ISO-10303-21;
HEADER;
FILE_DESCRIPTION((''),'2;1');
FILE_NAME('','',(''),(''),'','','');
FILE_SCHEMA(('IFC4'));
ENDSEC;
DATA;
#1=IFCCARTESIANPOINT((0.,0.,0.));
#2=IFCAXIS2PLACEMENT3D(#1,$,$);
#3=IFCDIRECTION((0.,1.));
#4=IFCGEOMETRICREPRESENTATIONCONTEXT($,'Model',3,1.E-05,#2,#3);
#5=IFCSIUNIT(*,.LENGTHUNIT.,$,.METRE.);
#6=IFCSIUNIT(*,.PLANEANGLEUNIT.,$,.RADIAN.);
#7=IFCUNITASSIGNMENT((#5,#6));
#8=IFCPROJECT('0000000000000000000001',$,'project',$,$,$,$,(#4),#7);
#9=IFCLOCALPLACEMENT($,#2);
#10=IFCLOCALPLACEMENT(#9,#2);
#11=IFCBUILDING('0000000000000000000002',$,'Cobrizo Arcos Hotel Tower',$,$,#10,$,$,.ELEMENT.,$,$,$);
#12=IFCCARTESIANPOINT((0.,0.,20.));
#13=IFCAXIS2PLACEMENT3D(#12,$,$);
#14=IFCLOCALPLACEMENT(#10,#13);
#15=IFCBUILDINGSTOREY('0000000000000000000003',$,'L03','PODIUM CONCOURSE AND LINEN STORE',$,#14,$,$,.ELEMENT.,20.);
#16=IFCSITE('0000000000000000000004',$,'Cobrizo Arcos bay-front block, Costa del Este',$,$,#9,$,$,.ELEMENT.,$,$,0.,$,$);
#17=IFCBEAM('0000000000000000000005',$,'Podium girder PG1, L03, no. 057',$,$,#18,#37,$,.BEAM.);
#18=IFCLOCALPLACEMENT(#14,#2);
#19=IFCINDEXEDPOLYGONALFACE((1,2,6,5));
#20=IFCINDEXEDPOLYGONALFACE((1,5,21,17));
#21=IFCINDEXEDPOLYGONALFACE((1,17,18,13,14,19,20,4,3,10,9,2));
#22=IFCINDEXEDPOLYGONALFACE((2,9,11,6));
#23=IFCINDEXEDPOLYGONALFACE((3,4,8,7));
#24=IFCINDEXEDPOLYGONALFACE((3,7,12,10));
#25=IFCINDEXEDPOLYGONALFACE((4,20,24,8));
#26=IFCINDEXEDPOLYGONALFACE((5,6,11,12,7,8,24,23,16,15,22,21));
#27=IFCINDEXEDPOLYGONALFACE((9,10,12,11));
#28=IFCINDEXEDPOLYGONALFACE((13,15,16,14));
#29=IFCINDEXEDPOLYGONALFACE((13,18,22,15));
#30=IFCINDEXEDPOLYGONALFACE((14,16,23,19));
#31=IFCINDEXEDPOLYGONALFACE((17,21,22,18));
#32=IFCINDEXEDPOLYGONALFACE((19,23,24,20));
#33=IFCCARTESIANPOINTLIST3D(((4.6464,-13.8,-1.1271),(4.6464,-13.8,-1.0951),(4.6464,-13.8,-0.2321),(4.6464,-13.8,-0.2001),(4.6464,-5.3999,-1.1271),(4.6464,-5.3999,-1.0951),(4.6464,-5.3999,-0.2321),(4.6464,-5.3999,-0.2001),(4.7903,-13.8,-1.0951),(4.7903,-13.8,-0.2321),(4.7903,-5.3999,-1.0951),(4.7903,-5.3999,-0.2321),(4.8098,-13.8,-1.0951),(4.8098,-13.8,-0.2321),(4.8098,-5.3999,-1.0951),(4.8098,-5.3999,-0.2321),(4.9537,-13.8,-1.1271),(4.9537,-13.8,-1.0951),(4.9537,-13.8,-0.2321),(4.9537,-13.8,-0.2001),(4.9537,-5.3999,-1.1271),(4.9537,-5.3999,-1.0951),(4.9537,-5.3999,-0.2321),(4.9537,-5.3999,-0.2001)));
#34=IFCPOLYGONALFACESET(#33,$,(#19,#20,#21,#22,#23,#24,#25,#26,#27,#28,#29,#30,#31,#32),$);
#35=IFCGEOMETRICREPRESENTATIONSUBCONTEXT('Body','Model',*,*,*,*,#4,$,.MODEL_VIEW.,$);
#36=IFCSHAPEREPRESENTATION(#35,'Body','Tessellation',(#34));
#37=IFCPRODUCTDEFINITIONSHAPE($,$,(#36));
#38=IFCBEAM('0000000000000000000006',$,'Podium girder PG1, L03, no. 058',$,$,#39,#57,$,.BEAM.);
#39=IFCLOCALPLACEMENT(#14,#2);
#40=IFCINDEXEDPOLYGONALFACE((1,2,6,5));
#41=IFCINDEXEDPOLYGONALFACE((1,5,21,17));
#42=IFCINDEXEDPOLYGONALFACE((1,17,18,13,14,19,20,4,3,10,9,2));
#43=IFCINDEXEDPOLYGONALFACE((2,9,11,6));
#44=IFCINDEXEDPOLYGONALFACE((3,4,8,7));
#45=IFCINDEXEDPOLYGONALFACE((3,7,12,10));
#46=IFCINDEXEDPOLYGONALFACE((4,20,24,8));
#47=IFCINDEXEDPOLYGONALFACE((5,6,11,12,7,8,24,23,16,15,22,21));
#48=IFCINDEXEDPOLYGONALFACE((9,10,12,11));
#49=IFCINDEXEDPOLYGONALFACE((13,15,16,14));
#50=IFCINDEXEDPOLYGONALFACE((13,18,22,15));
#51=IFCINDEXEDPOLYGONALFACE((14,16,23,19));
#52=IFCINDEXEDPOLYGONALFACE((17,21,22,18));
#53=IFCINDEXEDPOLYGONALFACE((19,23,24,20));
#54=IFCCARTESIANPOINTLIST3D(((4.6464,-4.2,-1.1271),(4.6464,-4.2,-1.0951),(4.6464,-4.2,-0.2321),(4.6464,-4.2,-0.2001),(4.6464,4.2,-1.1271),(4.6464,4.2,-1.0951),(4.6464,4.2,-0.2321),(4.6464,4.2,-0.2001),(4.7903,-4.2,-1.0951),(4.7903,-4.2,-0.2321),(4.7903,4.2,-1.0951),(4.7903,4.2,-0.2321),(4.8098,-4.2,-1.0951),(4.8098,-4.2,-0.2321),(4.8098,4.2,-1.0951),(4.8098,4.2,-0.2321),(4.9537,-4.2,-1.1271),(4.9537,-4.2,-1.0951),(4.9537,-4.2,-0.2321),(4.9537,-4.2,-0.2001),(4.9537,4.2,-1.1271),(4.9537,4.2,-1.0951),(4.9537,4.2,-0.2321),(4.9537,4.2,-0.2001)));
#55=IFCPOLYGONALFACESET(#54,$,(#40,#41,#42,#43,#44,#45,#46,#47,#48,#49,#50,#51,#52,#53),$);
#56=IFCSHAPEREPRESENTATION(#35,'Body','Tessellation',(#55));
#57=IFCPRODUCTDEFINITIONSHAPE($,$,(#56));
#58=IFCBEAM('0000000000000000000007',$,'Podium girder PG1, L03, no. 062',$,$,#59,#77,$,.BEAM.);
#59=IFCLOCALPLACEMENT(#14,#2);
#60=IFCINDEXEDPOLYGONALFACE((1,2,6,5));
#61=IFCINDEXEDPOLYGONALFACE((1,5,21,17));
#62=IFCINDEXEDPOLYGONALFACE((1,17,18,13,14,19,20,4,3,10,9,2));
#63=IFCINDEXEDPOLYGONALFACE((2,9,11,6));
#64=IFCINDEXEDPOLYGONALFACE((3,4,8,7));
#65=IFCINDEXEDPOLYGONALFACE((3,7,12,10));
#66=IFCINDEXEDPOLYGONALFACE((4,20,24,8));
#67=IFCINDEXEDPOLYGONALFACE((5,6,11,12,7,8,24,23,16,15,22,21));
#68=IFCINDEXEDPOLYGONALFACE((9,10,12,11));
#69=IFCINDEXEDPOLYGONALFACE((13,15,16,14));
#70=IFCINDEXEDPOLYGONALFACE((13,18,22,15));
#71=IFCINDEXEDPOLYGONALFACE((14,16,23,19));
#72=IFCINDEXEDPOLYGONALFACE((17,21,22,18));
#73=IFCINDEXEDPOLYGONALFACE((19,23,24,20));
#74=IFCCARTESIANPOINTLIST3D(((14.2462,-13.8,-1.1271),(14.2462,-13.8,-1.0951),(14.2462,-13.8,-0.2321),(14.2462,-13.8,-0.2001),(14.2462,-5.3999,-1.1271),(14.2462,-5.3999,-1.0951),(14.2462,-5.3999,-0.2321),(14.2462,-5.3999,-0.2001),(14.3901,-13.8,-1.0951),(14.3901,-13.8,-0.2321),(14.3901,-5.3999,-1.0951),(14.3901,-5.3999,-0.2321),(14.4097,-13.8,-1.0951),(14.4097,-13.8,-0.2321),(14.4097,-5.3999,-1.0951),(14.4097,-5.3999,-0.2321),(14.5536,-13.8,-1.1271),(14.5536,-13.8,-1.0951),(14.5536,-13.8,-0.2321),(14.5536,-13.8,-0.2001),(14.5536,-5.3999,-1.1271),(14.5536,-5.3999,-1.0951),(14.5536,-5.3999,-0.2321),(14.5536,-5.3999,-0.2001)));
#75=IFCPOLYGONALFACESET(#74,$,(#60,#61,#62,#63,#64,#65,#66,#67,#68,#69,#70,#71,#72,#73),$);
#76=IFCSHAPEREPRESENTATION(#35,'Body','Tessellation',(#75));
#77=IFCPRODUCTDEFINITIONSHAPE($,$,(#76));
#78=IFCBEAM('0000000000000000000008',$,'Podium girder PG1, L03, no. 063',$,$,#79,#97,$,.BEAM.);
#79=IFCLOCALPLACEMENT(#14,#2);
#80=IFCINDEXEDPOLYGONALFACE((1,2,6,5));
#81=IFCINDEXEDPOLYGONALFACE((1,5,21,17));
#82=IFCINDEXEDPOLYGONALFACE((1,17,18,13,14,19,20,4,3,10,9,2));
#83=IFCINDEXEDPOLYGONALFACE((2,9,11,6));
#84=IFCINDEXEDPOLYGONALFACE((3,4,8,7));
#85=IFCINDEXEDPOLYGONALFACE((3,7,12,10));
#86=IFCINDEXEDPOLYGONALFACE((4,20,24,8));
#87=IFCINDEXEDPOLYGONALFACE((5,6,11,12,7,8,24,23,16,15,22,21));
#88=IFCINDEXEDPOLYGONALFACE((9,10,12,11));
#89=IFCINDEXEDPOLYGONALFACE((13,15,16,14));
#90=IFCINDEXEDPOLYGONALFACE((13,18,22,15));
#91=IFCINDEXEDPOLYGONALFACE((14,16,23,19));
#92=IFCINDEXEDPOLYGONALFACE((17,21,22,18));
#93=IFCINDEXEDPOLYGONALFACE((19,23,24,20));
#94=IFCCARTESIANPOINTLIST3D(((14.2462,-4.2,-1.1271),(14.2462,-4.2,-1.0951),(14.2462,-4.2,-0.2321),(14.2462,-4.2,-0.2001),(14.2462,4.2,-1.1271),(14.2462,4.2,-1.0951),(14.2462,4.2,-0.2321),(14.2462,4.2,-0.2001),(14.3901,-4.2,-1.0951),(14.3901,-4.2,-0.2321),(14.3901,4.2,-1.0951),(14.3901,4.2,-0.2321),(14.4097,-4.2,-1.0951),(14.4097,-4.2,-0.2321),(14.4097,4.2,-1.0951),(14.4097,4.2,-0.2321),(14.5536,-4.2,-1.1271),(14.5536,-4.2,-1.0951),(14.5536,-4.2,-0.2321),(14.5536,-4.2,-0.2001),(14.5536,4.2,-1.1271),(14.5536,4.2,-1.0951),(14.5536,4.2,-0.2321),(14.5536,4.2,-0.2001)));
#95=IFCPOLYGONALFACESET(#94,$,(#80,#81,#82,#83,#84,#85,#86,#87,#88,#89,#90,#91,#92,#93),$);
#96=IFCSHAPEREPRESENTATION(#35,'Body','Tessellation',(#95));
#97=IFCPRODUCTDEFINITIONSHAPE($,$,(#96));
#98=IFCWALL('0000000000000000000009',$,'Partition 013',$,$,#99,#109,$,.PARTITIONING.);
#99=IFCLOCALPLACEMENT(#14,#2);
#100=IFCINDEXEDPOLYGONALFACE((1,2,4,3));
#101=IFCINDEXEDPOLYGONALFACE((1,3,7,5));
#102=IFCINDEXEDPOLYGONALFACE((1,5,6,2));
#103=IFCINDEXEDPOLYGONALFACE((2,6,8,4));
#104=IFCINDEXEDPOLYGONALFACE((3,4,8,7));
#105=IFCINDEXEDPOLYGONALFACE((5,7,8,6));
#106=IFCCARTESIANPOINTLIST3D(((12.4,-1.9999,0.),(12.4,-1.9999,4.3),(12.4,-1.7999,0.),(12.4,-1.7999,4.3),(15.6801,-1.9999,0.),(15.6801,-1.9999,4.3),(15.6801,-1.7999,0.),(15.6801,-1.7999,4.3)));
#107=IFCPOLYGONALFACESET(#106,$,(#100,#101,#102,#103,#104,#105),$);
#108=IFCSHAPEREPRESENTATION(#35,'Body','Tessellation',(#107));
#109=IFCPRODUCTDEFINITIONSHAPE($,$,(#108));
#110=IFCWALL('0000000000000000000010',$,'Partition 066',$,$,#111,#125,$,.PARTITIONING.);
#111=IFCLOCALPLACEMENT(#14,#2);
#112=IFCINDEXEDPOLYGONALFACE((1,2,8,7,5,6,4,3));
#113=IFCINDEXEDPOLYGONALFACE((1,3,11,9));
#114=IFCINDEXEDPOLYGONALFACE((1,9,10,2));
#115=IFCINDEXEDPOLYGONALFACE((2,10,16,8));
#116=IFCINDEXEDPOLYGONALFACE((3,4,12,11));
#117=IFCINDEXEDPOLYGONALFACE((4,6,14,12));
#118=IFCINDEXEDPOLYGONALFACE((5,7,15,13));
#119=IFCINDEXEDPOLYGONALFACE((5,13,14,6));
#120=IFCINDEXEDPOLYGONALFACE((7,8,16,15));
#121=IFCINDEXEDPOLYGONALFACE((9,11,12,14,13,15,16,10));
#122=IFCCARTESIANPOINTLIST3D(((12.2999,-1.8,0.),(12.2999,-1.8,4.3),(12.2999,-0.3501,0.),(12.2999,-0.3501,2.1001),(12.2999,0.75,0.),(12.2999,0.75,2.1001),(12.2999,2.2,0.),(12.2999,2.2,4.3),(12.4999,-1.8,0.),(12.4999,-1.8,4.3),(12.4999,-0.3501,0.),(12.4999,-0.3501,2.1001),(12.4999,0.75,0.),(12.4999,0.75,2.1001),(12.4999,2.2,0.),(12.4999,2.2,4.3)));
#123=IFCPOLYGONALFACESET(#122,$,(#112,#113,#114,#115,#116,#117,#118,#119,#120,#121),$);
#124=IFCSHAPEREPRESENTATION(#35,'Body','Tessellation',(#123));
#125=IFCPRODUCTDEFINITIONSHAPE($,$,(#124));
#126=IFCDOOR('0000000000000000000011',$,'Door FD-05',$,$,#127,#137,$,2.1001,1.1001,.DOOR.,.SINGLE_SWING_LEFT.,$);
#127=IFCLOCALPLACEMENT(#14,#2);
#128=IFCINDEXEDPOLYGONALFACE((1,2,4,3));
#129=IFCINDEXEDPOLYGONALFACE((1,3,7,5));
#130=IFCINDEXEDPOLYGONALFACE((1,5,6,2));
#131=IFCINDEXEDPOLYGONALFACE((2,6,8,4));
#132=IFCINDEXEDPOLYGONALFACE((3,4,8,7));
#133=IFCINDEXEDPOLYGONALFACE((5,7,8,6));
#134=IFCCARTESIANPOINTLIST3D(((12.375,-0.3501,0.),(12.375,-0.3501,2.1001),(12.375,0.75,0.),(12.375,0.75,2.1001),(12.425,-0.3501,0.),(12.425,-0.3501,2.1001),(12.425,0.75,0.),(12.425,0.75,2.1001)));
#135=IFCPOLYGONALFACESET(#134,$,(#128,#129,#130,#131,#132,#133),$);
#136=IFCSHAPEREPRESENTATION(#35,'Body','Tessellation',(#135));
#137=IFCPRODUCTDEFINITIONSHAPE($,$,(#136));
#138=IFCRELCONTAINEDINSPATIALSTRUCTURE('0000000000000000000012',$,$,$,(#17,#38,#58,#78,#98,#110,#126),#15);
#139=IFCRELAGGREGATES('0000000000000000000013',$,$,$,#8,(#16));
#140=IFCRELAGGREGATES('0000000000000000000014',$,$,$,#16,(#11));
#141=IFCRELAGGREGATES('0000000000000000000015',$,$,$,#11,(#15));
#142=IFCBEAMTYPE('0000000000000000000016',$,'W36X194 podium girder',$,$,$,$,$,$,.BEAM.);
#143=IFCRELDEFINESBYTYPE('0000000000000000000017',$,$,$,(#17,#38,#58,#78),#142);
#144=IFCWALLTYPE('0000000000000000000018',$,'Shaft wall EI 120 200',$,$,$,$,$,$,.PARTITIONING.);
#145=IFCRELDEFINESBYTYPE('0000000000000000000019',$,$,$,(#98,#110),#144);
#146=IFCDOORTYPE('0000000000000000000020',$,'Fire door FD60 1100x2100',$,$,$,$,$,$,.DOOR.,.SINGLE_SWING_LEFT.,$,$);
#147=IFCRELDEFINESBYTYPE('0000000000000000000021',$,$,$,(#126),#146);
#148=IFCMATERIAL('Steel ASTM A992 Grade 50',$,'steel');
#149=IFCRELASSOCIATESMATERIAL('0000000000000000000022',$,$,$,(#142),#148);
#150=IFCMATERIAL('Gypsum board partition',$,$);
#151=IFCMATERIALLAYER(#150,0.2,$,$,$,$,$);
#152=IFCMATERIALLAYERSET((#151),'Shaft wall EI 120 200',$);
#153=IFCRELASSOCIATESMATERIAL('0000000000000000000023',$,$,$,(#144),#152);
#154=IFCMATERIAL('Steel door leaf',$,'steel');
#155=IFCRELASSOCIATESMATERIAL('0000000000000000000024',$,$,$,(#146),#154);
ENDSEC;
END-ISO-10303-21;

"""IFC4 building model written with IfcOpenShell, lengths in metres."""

from ifc_helpers import new_model, si_unit, direction, frame, frame_2d, origin, origin_2d, place, context, subcontext, project, spatial, rectangle, i_section, extrude, material, layer, layer_set, material_profile, profile_set, type_object, element, fill, save


model = new_model("IFC4")

# Units and contexts
model_context = context("Model", 3, precision=1e-05, world=origin(), true_north=direction((0.0, 1.0)))
body_context = subcontext(model_context, "Body", "Model", "MODEL_VIEW")
ifc_project = project(units=[si_unit("LENGTHUNIT", "METRE"), si_unit("PLANEANGLEUNIT", "RADIAN")], contexts=[model_context])

# Site, building, storey
site_placement = place(None, origin())
site = spatial("IfcSite", under=ifc_project, at=site_placement, Name="Cobrizo Arcos bay-front block, Costa del Este", CompositionType="ELEMENT", RefElevation=0.0)
building_placement = place(site_placement, origin())
building = spatial("IfcBuilding", under=site, at=building_placement, Name="Cobrizo Arcos Hotel Tower", CompositionType="ELEMENT")
storey_placement = place(building_placement, frame((0.0, 0.0, 20.0)))
storey = spatial("IfcBuildingStorey", under=building, at=storey_placement, Name="L03", Description="PODIUM CONCOURSE AND LINEN STORE", CompositionType="ELEMENT", Elevation=20.0)

# Beams
ifc_material_1 = material(Name="Steel ASTM A992 Grade 50", Category="steel")
ifc_material_profile_1 = material_profile(ifc_material_1, i_section(OverallWidth=0.3074, OverallDepth=0.927, WebThickness=0.0195, FlangeThickness=0.032, at=origin_2d()), Name="W36X194")
ifc_profile_set_1 = profile_set([ifc_material_profile_1], Name="Steel ASTM A992 Grade 50")
beam_type_1 = type_object("IfcBeamType", Name="W36X194 podium girder", PredefinedType="BEAM", material=ifc_profile_set_1)
beam_1_placement = place(storey_placement, frame((4.8, -13.8, -0.6636), z_axis=(0.0, 1.0, 0.0), x_axis=(-1.0, 0.0, 0.0)))
element("IfcBeam", 1, at=beam_1_placement, inside=storey, type_object=beam_type_1, Name="Podium girder PG1, L03, no. 057", PredefinedType="BEAM", context=body_context, shape_type="SweptSolid", body=[
    extrude(i_section(OverallWidth=0.3074, OverallDepth=0.927, WebThickness=0.0195, FlangeThickness=0.032, at=origin_2d()), origin(), (0.0, 0.0, 1.0), 8.4001),
])
beam_2_placement = place(storey_placement, frame((4.8, -4.2, -0.6636), z_axis=(0.0, 1.0, 0.0), x_axis=(-1.0, 0.0, 0.0)))
element("IfcBeam", 2, at=beam_2_placement, inside=storey, type_object=beam_type_1, Name="Podium girder PG1, L03, no. 058", PredefinedType="BEAM", context=body_context, shape_type="SweptSolid", body=[
    extrude(i_section(OverallWidth=0.3074, OverallDepth=0.927, WebThickness=0.0195, FlangeThickness=0.032, at=origin_2d()), origin(), (0.0, 0.0, 1.0), 8.3999),
])
beam_3_placement = place(storey_placement, frame((14.3999, -13.8, -0.6636), z_axis=(0.0, 1.0, 0.0), x_axis=(-1.0, 0.0, 0.0)))
element("IfcBeam", 3, at=beam_3_placement, inside=storey, type_object=beam_type_1, Name="Podium girder PG1, L03, no. 062", PredefinedType="BEAM", context=body_context, shape_type="SweptSolid", body=[
    extrude(i_section(OverallWidth=0.3074, OverallDepth=0.927, WebThickness=0.0195, FlangeThickness=0.032, at=origin_2d()), origin(), (0.0, 0.0, 1.0), 8.4001),
])
beam_4_placement = place(storey_placement, frame((14.3999, -4.2, -0.6636), z_axis=(0.0, 1.0, 0.0), x_axis=(-1.0, 0.0, 0.0)))
element("IfcBeam", 4, at=beam_4_placement, inside=storey, type_object=beam_type_1, Name="Podium girder PG1, L03, no. 063", PredefinedType="BEAM", context=body_context, shape_type="SweptSolid", body=[
    extrude(i_section(OverallWidth=0.3074, OverallDepth=0.927, WebThickness=0.0195, FlangeThickness=0.032, at=origin_2d()), origin(), (0.0, 0.0, 1.0), 8.3999),
])

# Wall
ifc_material_2 = material(Name="Gypsum board partition")
ifc_layer = layer(ifc_material_2, 0.2)
ifc_layer_set = layer_set([ifc_layer], Name="Shaft wall EI 120 200")
wall_type = type_object("IfcWallType", Name="Shaft wall EI 120 200", PredefinedType="PARTITIONING", material=ifc_layer_set)
wall_1_placement = place(storey_placement, frame((12.3999, -1.8999, 0.0), z_axis=(0.0, 0.0, 1.0), x_axis=(1.0, 0.0, 0.0)))
element("IfcWall", 5, at=wall_1_placement, inside=storey, type_object=wall_type, Name="Partition 013", PredefinedType="PARTITIONING", context=body_context, shape_type="SweptSolid", body=[
    extrude(rectangle(XDim=3.28, YDim=0.2, at=frame_2d((1.6401, 0.0))), origin(), (0.0, 0.0, 1.0), 4.3),
])

# Wall, opening, door
wall_2_placement = place(storey_placement, frame((12.3999, -1.8, 0.0), z_axis=(0.0, 0.0, 1.0), x_axis=(0.0, 1.0, 0.0)))
wall_2 = element("IfcWall", 6, at=wall_2_placement, inside=storey, type_object=wall_type, Name="Partition 066", PredefinedType="PARTITIONING", context=body_context, shape_type="SweptSolid", body=[
    extrude(rectangle(XDim=4.0, YDim=0.2, at=frame_2d((2.0, 0.0))), origin(), (0.0, 0.0, 1.0), 4.3),
])
opening_placement = place(wall_2_placement, frame((1.45, 0.0, 0.0)))
opening = element("IfcOpeningElement", 7, at=opening_placement, cuts=wall_2, PredefinedType="OPENING", context=body_context, shape_type="SweptSolid", body=[
    extrude(rectangle(XDim=1.1001, YDim=2.1001, at=frame_2d((0.55, 1.05))), frame((0.0, 0.1121, 0.0), z_axis=(0.0, -1.0, 0.0), x_axis=(1.0, 0.0, 0.0)), (0.0, 0.0, 1.0), 0.2239),
])
ifc_material_3 = material(Name="Steel door leaf", Category="steel")
door_type = type_object("IfcDoorType", Name="Fire door FD60 1100x2100", OperationType="SINGLE_SWING_LEFT", PredefinedType="DOOR", material=ifc_material_3)
door_placement = place(opening_placement, origin())
door = element("IfcDoor", 8, at=door_placement, inside=storey, type_object=door_type, Name="Door FD-05", OperationType="SINGLE_SWING_LEFT", OverallHeight=2.1001, OverallWidth=1.1001, PredefinedType="DOOR", context=body_context, shape_type="SweptSolid", body=[
    extrude(rectangle(XDim=1.1001, YDim=2.1001, at=frame_2d((0.55, 1.05))), frame((0.0, 0.0249, 0.0), z_axis=(0.0, -1.0, 0.0), x_axis=(1.0, 0.0, 0.0)), (0.0, 0.0, 1.0), 0.05),
])
fill(opening, door)

save(model, "model.ifc")
